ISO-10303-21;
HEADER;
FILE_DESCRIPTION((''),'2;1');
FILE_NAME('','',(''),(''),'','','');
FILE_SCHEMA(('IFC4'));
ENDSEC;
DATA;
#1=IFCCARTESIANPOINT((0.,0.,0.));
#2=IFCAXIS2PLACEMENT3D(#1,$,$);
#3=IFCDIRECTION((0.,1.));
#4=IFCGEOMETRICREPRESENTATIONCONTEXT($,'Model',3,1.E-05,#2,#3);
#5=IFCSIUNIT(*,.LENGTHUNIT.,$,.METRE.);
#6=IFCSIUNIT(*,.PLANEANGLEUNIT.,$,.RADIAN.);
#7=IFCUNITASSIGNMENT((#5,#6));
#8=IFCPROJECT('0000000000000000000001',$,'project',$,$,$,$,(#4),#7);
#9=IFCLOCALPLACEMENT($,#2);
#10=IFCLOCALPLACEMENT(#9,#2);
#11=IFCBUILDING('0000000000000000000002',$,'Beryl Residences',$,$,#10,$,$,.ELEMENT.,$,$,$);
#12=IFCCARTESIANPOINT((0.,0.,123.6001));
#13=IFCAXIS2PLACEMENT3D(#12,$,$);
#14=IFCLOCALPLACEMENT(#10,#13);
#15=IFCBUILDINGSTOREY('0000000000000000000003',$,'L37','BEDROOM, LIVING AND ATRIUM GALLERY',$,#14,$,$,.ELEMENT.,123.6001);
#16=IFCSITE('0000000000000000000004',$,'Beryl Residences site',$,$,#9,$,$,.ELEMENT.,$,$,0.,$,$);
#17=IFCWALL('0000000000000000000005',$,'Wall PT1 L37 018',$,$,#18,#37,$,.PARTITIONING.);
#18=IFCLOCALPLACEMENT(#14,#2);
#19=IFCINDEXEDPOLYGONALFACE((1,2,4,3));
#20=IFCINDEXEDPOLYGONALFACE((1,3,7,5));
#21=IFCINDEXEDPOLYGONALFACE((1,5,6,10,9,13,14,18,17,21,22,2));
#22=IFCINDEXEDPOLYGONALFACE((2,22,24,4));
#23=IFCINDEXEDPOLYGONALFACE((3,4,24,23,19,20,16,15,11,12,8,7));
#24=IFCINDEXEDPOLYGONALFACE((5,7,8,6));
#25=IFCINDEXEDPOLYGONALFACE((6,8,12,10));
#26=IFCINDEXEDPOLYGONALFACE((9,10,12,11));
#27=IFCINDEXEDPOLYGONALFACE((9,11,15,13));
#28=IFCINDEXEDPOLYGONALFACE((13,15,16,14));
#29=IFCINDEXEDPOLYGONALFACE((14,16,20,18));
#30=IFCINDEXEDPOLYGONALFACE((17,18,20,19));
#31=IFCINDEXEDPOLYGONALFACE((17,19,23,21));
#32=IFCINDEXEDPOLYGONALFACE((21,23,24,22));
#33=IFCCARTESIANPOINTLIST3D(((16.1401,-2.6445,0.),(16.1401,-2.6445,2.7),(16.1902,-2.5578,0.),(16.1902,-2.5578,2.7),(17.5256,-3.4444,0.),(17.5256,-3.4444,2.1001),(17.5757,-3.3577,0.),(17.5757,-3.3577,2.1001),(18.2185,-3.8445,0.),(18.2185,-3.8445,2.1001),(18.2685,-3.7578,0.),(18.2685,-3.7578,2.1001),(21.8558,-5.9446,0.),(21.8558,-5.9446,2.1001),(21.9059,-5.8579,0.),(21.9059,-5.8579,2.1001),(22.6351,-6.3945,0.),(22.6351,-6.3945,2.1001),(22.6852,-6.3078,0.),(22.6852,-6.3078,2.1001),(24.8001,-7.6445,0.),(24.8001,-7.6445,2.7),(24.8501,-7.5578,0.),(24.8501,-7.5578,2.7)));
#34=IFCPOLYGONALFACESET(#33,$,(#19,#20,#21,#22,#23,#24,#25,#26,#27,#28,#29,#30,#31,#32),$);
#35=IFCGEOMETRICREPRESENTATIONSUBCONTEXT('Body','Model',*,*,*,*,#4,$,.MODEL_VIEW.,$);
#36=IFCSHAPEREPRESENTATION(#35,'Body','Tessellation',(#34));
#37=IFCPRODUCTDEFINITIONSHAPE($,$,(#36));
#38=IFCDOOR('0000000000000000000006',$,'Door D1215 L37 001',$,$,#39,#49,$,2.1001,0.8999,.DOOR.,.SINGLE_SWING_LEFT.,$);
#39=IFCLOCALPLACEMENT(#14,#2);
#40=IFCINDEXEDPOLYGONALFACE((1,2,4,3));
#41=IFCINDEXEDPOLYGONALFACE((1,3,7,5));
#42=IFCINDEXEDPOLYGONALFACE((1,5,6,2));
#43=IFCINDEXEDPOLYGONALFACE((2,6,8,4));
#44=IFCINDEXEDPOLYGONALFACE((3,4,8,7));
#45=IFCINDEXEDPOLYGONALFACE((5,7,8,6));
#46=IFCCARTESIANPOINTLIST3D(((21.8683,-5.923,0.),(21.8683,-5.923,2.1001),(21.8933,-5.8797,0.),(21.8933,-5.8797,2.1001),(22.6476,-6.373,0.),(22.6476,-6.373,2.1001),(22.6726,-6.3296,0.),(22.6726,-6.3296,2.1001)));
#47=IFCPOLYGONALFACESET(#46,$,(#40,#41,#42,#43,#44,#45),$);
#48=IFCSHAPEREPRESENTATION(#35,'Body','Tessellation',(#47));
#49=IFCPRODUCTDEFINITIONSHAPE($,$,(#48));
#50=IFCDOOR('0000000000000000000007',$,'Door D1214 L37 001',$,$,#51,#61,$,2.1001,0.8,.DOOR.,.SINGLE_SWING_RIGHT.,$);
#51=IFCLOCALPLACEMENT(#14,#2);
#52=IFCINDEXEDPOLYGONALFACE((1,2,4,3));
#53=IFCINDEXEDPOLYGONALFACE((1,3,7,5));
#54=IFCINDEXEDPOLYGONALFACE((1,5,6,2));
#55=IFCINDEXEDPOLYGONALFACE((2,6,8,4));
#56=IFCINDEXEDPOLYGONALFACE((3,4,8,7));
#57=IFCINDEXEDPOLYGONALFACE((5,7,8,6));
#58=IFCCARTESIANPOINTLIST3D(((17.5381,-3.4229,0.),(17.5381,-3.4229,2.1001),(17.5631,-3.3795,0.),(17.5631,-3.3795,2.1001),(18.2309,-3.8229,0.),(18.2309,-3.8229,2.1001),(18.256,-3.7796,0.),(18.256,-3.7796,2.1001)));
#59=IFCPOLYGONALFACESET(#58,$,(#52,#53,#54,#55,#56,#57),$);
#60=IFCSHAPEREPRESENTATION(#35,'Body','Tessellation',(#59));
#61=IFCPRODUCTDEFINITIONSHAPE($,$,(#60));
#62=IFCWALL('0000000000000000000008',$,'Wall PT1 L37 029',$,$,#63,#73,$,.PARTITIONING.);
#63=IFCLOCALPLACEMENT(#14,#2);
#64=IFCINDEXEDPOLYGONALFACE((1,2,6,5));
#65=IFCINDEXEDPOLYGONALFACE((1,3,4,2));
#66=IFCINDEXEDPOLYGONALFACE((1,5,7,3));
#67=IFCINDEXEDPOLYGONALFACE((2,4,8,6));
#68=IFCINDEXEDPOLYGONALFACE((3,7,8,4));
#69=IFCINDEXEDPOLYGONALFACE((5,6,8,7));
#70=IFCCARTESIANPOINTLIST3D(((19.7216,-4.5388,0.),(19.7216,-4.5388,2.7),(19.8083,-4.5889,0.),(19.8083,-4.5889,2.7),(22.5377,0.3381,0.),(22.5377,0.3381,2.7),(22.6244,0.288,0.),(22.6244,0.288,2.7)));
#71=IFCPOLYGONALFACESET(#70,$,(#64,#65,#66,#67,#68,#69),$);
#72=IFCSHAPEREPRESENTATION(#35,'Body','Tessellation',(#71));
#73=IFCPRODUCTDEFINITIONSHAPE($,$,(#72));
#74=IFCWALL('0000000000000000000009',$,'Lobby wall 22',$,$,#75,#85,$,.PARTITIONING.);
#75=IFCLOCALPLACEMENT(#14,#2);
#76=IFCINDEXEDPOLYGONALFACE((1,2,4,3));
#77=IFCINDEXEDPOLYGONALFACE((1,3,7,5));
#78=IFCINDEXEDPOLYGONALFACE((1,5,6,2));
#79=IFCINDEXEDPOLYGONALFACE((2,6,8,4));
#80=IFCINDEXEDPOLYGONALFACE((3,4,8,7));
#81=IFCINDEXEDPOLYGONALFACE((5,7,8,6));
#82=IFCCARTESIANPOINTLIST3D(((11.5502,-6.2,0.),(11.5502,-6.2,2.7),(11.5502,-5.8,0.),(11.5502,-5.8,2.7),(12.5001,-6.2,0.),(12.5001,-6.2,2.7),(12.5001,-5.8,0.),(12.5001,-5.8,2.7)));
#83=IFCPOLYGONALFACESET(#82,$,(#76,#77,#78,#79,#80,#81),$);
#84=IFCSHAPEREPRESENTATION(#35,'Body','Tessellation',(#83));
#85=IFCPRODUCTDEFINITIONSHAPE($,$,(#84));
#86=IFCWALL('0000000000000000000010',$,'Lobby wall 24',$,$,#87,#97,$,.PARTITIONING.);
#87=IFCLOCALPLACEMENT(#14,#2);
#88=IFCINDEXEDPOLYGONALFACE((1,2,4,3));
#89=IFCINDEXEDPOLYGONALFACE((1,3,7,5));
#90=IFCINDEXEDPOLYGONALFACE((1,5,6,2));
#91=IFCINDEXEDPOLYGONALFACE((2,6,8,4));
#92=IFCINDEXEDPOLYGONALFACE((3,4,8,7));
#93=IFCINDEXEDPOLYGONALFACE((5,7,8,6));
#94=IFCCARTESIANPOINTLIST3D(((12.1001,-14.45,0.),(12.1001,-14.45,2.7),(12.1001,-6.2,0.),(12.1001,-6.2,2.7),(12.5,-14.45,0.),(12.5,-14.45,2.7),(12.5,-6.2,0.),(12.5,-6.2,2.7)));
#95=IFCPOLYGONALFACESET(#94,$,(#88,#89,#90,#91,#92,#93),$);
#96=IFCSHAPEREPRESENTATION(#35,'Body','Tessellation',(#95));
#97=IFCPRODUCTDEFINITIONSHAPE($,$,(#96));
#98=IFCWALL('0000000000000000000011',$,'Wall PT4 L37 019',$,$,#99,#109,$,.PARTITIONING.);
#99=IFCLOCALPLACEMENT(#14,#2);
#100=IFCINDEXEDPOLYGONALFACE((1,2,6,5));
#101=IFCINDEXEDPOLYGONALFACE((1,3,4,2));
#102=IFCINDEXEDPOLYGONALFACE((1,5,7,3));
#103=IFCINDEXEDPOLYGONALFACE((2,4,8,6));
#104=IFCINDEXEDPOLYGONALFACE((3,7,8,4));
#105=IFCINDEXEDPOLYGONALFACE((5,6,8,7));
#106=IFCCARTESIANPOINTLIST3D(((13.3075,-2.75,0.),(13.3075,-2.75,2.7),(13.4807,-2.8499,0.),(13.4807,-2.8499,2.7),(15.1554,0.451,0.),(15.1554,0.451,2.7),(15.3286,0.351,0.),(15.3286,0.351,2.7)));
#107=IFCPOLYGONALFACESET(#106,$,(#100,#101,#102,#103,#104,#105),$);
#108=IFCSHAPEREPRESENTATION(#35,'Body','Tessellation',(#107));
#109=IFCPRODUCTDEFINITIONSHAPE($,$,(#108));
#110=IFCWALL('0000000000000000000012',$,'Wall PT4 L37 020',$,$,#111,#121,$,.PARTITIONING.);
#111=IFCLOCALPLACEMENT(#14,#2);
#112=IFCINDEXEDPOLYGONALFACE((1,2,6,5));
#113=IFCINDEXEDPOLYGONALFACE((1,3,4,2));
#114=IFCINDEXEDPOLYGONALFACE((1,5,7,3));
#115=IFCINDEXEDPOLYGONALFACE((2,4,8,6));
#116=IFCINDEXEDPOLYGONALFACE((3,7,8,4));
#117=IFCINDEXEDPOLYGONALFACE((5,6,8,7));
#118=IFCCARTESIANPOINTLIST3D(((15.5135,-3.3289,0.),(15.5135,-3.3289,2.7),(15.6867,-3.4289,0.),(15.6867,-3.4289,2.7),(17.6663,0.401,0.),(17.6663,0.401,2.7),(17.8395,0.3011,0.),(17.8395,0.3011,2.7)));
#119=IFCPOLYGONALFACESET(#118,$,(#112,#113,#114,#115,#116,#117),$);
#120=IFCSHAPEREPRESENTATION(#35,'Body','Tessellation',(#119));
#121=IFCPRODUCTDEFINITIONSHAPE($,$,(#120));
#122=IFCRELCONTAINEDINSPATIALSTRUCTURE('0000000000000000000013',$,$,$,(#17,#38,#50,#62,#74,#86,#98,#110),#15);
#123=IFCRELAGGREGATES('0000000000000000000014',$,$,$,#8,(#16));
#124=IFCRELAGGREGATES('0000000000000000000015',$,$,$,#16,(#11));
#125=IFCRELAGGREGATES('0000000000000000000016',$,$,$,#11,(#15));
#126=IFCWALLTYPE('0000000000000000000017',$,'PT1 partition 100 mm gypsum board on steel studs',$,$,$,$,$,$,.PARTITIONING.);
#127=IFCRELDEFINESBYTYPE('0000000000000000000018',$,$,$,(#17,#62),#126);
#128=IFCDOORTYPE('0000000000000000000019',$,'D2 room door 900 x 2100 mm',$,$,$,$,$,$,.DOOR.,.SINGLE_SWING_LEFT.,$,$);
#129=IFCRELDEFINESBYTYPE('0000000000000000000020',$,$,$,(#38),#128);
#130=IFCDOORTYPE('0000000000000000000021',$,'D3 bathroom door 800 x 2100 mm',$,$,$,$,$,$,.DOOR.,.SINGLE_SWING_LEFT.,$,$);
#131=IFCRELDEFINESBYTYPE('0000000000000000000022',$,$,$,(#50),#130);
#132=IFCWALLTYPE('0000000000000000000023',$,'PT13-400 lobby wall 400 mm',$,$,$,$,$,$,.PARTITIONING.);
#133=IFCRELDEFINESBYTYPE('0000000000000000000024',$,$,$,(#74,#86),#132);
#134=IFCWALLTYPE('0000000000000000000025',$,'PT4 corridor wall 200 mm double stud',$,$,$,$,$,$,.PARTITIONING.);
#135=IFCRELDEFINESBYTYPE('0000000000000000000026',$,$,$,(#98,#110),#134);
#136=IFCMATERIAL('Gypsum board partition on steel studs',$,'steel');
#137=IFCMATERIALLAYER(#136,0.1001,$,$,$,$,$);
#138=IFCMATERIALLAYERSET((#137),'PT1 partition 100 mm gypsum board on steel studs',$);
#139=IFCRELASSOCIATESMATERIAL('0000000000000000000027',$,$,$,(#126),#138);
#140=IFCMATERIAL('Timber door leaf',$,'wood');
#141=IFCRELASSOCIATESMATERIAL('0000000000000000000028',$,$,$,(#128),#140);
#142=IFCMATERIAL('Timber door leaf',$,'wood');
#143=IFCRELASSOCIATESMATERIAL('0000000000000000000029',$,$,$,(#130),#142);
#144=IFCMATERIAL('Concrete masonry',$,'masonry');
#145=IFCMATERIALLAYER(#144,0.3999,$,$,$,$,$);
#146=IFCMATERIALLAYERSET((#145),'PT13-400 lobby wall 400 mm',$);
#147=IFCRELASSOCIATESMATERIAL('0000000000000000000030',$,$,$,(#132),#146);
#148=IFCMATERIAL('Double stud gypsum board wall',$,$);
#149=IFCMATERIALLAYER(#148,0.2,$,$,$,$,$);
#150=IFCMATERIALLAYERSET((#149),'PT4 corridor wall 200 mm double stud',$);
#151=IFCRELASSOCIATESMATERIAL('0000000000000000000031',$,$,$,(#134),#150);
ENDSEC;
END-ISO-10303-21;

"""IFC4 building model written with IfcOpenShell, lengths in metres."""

from ifc_helpers import new_model, si_unit, direction, frame, frame_2d, origin, place, context, subcontext, project, spatial, rectangle, extrude, material, layer, layer_set, type_object, element, fill, save


model = new_model("IFC4")

# Units and contexts
model_context = context("Model", 3, precision=1e-05, world=origin(), true_north=direction((0.0, 1.0)))
body_context = subcontext(model_context, "Body", "Model", "MODEL_VIEW")
ifc_project = project(units=[si_unit("LENGTHUNIT", "METRE"), si_unit("PLANEANGLEUNIT", "RADIAN")], contexts=[model_context])

# Site, building, storey
site_placement = place(None, origin())
site = spatial("IfcSite", under=ifc_project, at=site_placement, Name="Beryl Residences site", CompositionType="ELEMENT", RefElevation=0.0)
building_placement = place(site_placement, origin())
building = spatial("IfcBuilding", under=site, at=building_placement, Name="Beryl Residences", CompositionType="ELEMENT")
storey_placement = place(building_placement, frame((0.0, 0.0, 123.6001)))
storey = spatial("IfcBuildingStorey", under=building, at=storey_placement, Name="L37", Description="BEDROOM, LIVING AND ATRIUM GALLERY", CompositionType="ELEMENT", Elevation=123.6001)

# Shared definitions
ifc_material_1 = material(Name="Gypsum board partition on steel studs", Category="steel")
ifc_layer_1 = layer(ifc_material_1, 0.1001)
ifc_layer_set_1 = layer_set([ifc_layer_1], Name="PT1 partition 100 mm gypsum board on steel studs")
wall_type_1 = type_object("IfcWallType", Name="PT1 partition 100 mm gypsum board on steel studs", PredefinedType="PARTITIONING", material=ifc_layer_set_1)
ifc_material_2 = material(Name="Timber door leaf", Category="wood")
door_type_1 = type_object("IfcDoorType", Name="D2 room door 900 x 2100 mm", OperationType="SINGLE_SWING_LEFT", PredefinedType="DOOR", material=ifc_material_2)

# Wall, openings, doors
wall_1_placement = place(storey_placement, frame((16.165, -2.6011, 0.0), z_axis=(0.0, 0.0, 1.0), x_axis=(0.866017, -0.500015, 0.0)))
wall_1 = element("IfcWall", 1, at=wall_1_placement, inside=storey, type_object=wall_type_1, Name="Wall PT1 L37 018", PredefinedType="PARTITIONING", context=body_context, shape_type="SweptSolid", body=[
    extrude(rectangle(XDim=9.9998, YDim=0.1001, at=frame_2d((5.0, 0.0))), origin(), (0.0, 0.0, 1.0), 2.7),
])
opening_1_placement = place(wall_1_placement, frame((1.6001, 0.0, 0.0)))
opening_1 = element("IfcOpeningElement", 2, at=opening_1_placement, cuts=wall_1, PredefinedType="OPENING", context=body_context, shape_type="SweptSolid", body=[
    extrude(rectangle(XDim=0.8, YDim=2.1001, at=frame_2d((0.3999, 1.05))), frame((0.0, 0.0601, 0.0), z_axis=(0.0, -1.0, 0.0), x_axis=(1.0, 0.0, 0.0)), (0.0, 0.0, 1.0), 0.1201),
])
opening_2_placement = place(wall_1_placement, frame((6.6001, 0.0, 0.0)))
opening_2 = element("IfcOpeningElement", 3, at=opening_2_placement, cuts=wall_1, PredefinedType="OPENING", context=body_context, shape_type="SweptSolid", body=[
    extrude(rectangle(XDim=0.8999, YDim=2.1001, at=frame_2d((0.45, 1.05))), frame((0.0, 0.0601, 0.0), z_axis=(0.0, -1.0, 0.0), x_axis=(1.0, 0.0, 0.0)), (0.0, 0.0, 1.0), 0.1201),
])
door_1_placement = place(opening_2_placement, origin())
door_1 = element("IfcDoor", 4, at=door_1_placement, inside=storey, type_object=door_type_1, Name="Door D1215 L37 001", OperationType="SINGLE_SWING_LEFT", OverallHeight=2.1001, OverallWidth=0.8999, PredefinedType="DOOR", context=body_context, shape_type="SweptSolid", body=[
    extrude(rectangle(XDim=0.8999, YDim=2.1001, at=frame_2d((0.45, 1.05))), frame((0.0, 0.0249, 0.0), z_axis=(0.0, -1.0, 0.0), x_axis=(1.0, 0.0, 0.0)), (0.0, 0.0, 1.0), 0.05),
])
fill(opening_2, door_1)
ifc_material_3 = material(Name="Timber door leaf", Category="wood")
door_type_2 = type_object("IfcDoorType", Name="D3 bathroom door 800 x 2100 mm", OperationType="SINGLE_SWING_LEFT", PredefinedType="DOOR", material=ifc_material_3)
door_2_placement = place(opening_1_placement, origin())
door_2 = element("IfcDoor", 5, at=door_2_placement, inside=storey, type_object=door_type_2, Name="Door D1214 L37 001", OperationType="SINGLE_SWING_RIGHT", OverallHeight=2.1001, OverallWidth=0.8, PredefinedType="DOOR", context=body_context, shape_type="SweptSolid", body=[
    extrude(rectangle(XDim=0.8, YDim=2.1001, at=frame_2d((0.3999, 1.05))), frame((0.0, 0.0249, 0.0), z_axis=(0.0, -1.0, 0.0), x_axis=(1.0, 0.0, 0.0)), (0.0, 0.0, 1.0), 0.05),
])
fill(opening_1, door_2)

# Walls
wall_2_placement = place(storey_placement, frame((19.7649, -4.564, 0.0), z_axis=(0.0, 0.0, 1.0), x_axis=(0.50006, 0.865991, 0.0)))
element("IfcWall", 6, at=wall_2_placement, inside=storey, type_object=wall_type_1, Name="Wall PT1 L37 029", PredefinedType="PARTITIONING", context=body_context, shape_type="SweptSolid", body=[
    extrude(rectangle(XDim=5.6316, YDim=0.1001, at=frame_2d((2.8159, 0.0))), origin(), (0.0, 0.0, 1.0), 2.7),
])
ifc_material_4 = material(Name="Concrete masonry", Category="masonry")
ifc_layer_2 = layer(ifc_material_4, 0.3999)
ifc_layer_set_2 = layer_set([ifc_layer_2], Name="PT13-400 lobby wall 400 mm")
wall_type_2 = type_object("IfcWallType", Name="PT13-400 lobby wall 400 mm", PredefinedType="PARTITIONING", material=ifc_layer_set_2)
wall_3_placement = place(storey_placement, frame((11.55, -6.0, 0.0), z_axis=(0.0, 0.0, 1.0), x_axis=(1.0, 0.0, 0.0)))
element("IfcWall", 7, at=wall_3_placement, inside=storey, type_object=wall_type_2, Name="Lobby wall 22", PredefinedType="PARTITIONING", context=body_context, shape_type="SweptSolid", body=[
    extrude(rectangle(XDim=0.95, YDim=0.3999, at=frame_2d((0.4751, 0.0))), origin(), (0.0, 0.0, 1.0), 2.7),
])
wall_4_placement = place(storey_placement, frame((12.3, -14.45, 0.0), z_axis=(0.0, 0.0, 1.0), x_axis=(0.0, 1.0, 0.0)))
element("IfcWall", 8, at=wall_4_placement, inside=storey, type_object=wall_type_2, Name="Lobby wall 24", PredefinedType="PARTITIONING", context=body_context, shape_type="SweptSolid", body=[
    extrude(rectangle(XDim=8.25, YDim=0.3999, at=frame_2d((4.125, 0.0))), origin(), (0.0, 0.0, 1.0), 2.7),
])
ifc_material_5 = material(Name="Double stud gypsum board wall")
ifc_layer_3 = layer(ifc_material_5, 0.2)
ifc_layer_set_3 = layer_set([ifc_layer_3], Name="PT4 corridor wall 200 mm double stud")
wall_type_3 = type_object("IfcWallType", Name="PT4 corridor wall 200 mm double stud", PredefinedType="PARTITIONING", material=ifc_layer_set_3)
wall_5_placement = place(storey_placement, frame((13.394, -2.8, 0.0), z_axis=(0.0, 0.0, 1.0), x_axis=(0.499968, 0.866044, 0.0)))
element("IfcWall", 9, at=wall_5_placement, inside=storey, type_object=wall_type_3, Name="Wall PT4 L37 019", PredefinedType="PARTITIONING", context=body_context, shape_type="SweptSolid", body=[
    extrude(rectangle(XDim=3.696, YDim=0.2, at=frame_2d((1.8481, 0.0))), origin(), (0.0, 0.0, 1.0), 2.7),
])
wall_6_placement = place(storey_placement, frame((15.6001, -3.3789, 0.0), z_axis=(0.0, 0.0, 1.0), x_axis=(0.499883, 0.866093, 0.0)))
element("IfcWall", 10, at=wall_6_placement, inside=storey, type_object=wall_type_3, Name="Wall PT4 L37 020", PredefinedType="PARTITIONING", context=body_context, shape_type="SweptSolid", body=[
    extrude(rectangle(XDim=4.3066, YDim=0.2, at=frame_2d((2.1533, 0.0))), origin(), (0.0, 0.0, 1.0), 2.7),
])

save(model, "model.ifc")
